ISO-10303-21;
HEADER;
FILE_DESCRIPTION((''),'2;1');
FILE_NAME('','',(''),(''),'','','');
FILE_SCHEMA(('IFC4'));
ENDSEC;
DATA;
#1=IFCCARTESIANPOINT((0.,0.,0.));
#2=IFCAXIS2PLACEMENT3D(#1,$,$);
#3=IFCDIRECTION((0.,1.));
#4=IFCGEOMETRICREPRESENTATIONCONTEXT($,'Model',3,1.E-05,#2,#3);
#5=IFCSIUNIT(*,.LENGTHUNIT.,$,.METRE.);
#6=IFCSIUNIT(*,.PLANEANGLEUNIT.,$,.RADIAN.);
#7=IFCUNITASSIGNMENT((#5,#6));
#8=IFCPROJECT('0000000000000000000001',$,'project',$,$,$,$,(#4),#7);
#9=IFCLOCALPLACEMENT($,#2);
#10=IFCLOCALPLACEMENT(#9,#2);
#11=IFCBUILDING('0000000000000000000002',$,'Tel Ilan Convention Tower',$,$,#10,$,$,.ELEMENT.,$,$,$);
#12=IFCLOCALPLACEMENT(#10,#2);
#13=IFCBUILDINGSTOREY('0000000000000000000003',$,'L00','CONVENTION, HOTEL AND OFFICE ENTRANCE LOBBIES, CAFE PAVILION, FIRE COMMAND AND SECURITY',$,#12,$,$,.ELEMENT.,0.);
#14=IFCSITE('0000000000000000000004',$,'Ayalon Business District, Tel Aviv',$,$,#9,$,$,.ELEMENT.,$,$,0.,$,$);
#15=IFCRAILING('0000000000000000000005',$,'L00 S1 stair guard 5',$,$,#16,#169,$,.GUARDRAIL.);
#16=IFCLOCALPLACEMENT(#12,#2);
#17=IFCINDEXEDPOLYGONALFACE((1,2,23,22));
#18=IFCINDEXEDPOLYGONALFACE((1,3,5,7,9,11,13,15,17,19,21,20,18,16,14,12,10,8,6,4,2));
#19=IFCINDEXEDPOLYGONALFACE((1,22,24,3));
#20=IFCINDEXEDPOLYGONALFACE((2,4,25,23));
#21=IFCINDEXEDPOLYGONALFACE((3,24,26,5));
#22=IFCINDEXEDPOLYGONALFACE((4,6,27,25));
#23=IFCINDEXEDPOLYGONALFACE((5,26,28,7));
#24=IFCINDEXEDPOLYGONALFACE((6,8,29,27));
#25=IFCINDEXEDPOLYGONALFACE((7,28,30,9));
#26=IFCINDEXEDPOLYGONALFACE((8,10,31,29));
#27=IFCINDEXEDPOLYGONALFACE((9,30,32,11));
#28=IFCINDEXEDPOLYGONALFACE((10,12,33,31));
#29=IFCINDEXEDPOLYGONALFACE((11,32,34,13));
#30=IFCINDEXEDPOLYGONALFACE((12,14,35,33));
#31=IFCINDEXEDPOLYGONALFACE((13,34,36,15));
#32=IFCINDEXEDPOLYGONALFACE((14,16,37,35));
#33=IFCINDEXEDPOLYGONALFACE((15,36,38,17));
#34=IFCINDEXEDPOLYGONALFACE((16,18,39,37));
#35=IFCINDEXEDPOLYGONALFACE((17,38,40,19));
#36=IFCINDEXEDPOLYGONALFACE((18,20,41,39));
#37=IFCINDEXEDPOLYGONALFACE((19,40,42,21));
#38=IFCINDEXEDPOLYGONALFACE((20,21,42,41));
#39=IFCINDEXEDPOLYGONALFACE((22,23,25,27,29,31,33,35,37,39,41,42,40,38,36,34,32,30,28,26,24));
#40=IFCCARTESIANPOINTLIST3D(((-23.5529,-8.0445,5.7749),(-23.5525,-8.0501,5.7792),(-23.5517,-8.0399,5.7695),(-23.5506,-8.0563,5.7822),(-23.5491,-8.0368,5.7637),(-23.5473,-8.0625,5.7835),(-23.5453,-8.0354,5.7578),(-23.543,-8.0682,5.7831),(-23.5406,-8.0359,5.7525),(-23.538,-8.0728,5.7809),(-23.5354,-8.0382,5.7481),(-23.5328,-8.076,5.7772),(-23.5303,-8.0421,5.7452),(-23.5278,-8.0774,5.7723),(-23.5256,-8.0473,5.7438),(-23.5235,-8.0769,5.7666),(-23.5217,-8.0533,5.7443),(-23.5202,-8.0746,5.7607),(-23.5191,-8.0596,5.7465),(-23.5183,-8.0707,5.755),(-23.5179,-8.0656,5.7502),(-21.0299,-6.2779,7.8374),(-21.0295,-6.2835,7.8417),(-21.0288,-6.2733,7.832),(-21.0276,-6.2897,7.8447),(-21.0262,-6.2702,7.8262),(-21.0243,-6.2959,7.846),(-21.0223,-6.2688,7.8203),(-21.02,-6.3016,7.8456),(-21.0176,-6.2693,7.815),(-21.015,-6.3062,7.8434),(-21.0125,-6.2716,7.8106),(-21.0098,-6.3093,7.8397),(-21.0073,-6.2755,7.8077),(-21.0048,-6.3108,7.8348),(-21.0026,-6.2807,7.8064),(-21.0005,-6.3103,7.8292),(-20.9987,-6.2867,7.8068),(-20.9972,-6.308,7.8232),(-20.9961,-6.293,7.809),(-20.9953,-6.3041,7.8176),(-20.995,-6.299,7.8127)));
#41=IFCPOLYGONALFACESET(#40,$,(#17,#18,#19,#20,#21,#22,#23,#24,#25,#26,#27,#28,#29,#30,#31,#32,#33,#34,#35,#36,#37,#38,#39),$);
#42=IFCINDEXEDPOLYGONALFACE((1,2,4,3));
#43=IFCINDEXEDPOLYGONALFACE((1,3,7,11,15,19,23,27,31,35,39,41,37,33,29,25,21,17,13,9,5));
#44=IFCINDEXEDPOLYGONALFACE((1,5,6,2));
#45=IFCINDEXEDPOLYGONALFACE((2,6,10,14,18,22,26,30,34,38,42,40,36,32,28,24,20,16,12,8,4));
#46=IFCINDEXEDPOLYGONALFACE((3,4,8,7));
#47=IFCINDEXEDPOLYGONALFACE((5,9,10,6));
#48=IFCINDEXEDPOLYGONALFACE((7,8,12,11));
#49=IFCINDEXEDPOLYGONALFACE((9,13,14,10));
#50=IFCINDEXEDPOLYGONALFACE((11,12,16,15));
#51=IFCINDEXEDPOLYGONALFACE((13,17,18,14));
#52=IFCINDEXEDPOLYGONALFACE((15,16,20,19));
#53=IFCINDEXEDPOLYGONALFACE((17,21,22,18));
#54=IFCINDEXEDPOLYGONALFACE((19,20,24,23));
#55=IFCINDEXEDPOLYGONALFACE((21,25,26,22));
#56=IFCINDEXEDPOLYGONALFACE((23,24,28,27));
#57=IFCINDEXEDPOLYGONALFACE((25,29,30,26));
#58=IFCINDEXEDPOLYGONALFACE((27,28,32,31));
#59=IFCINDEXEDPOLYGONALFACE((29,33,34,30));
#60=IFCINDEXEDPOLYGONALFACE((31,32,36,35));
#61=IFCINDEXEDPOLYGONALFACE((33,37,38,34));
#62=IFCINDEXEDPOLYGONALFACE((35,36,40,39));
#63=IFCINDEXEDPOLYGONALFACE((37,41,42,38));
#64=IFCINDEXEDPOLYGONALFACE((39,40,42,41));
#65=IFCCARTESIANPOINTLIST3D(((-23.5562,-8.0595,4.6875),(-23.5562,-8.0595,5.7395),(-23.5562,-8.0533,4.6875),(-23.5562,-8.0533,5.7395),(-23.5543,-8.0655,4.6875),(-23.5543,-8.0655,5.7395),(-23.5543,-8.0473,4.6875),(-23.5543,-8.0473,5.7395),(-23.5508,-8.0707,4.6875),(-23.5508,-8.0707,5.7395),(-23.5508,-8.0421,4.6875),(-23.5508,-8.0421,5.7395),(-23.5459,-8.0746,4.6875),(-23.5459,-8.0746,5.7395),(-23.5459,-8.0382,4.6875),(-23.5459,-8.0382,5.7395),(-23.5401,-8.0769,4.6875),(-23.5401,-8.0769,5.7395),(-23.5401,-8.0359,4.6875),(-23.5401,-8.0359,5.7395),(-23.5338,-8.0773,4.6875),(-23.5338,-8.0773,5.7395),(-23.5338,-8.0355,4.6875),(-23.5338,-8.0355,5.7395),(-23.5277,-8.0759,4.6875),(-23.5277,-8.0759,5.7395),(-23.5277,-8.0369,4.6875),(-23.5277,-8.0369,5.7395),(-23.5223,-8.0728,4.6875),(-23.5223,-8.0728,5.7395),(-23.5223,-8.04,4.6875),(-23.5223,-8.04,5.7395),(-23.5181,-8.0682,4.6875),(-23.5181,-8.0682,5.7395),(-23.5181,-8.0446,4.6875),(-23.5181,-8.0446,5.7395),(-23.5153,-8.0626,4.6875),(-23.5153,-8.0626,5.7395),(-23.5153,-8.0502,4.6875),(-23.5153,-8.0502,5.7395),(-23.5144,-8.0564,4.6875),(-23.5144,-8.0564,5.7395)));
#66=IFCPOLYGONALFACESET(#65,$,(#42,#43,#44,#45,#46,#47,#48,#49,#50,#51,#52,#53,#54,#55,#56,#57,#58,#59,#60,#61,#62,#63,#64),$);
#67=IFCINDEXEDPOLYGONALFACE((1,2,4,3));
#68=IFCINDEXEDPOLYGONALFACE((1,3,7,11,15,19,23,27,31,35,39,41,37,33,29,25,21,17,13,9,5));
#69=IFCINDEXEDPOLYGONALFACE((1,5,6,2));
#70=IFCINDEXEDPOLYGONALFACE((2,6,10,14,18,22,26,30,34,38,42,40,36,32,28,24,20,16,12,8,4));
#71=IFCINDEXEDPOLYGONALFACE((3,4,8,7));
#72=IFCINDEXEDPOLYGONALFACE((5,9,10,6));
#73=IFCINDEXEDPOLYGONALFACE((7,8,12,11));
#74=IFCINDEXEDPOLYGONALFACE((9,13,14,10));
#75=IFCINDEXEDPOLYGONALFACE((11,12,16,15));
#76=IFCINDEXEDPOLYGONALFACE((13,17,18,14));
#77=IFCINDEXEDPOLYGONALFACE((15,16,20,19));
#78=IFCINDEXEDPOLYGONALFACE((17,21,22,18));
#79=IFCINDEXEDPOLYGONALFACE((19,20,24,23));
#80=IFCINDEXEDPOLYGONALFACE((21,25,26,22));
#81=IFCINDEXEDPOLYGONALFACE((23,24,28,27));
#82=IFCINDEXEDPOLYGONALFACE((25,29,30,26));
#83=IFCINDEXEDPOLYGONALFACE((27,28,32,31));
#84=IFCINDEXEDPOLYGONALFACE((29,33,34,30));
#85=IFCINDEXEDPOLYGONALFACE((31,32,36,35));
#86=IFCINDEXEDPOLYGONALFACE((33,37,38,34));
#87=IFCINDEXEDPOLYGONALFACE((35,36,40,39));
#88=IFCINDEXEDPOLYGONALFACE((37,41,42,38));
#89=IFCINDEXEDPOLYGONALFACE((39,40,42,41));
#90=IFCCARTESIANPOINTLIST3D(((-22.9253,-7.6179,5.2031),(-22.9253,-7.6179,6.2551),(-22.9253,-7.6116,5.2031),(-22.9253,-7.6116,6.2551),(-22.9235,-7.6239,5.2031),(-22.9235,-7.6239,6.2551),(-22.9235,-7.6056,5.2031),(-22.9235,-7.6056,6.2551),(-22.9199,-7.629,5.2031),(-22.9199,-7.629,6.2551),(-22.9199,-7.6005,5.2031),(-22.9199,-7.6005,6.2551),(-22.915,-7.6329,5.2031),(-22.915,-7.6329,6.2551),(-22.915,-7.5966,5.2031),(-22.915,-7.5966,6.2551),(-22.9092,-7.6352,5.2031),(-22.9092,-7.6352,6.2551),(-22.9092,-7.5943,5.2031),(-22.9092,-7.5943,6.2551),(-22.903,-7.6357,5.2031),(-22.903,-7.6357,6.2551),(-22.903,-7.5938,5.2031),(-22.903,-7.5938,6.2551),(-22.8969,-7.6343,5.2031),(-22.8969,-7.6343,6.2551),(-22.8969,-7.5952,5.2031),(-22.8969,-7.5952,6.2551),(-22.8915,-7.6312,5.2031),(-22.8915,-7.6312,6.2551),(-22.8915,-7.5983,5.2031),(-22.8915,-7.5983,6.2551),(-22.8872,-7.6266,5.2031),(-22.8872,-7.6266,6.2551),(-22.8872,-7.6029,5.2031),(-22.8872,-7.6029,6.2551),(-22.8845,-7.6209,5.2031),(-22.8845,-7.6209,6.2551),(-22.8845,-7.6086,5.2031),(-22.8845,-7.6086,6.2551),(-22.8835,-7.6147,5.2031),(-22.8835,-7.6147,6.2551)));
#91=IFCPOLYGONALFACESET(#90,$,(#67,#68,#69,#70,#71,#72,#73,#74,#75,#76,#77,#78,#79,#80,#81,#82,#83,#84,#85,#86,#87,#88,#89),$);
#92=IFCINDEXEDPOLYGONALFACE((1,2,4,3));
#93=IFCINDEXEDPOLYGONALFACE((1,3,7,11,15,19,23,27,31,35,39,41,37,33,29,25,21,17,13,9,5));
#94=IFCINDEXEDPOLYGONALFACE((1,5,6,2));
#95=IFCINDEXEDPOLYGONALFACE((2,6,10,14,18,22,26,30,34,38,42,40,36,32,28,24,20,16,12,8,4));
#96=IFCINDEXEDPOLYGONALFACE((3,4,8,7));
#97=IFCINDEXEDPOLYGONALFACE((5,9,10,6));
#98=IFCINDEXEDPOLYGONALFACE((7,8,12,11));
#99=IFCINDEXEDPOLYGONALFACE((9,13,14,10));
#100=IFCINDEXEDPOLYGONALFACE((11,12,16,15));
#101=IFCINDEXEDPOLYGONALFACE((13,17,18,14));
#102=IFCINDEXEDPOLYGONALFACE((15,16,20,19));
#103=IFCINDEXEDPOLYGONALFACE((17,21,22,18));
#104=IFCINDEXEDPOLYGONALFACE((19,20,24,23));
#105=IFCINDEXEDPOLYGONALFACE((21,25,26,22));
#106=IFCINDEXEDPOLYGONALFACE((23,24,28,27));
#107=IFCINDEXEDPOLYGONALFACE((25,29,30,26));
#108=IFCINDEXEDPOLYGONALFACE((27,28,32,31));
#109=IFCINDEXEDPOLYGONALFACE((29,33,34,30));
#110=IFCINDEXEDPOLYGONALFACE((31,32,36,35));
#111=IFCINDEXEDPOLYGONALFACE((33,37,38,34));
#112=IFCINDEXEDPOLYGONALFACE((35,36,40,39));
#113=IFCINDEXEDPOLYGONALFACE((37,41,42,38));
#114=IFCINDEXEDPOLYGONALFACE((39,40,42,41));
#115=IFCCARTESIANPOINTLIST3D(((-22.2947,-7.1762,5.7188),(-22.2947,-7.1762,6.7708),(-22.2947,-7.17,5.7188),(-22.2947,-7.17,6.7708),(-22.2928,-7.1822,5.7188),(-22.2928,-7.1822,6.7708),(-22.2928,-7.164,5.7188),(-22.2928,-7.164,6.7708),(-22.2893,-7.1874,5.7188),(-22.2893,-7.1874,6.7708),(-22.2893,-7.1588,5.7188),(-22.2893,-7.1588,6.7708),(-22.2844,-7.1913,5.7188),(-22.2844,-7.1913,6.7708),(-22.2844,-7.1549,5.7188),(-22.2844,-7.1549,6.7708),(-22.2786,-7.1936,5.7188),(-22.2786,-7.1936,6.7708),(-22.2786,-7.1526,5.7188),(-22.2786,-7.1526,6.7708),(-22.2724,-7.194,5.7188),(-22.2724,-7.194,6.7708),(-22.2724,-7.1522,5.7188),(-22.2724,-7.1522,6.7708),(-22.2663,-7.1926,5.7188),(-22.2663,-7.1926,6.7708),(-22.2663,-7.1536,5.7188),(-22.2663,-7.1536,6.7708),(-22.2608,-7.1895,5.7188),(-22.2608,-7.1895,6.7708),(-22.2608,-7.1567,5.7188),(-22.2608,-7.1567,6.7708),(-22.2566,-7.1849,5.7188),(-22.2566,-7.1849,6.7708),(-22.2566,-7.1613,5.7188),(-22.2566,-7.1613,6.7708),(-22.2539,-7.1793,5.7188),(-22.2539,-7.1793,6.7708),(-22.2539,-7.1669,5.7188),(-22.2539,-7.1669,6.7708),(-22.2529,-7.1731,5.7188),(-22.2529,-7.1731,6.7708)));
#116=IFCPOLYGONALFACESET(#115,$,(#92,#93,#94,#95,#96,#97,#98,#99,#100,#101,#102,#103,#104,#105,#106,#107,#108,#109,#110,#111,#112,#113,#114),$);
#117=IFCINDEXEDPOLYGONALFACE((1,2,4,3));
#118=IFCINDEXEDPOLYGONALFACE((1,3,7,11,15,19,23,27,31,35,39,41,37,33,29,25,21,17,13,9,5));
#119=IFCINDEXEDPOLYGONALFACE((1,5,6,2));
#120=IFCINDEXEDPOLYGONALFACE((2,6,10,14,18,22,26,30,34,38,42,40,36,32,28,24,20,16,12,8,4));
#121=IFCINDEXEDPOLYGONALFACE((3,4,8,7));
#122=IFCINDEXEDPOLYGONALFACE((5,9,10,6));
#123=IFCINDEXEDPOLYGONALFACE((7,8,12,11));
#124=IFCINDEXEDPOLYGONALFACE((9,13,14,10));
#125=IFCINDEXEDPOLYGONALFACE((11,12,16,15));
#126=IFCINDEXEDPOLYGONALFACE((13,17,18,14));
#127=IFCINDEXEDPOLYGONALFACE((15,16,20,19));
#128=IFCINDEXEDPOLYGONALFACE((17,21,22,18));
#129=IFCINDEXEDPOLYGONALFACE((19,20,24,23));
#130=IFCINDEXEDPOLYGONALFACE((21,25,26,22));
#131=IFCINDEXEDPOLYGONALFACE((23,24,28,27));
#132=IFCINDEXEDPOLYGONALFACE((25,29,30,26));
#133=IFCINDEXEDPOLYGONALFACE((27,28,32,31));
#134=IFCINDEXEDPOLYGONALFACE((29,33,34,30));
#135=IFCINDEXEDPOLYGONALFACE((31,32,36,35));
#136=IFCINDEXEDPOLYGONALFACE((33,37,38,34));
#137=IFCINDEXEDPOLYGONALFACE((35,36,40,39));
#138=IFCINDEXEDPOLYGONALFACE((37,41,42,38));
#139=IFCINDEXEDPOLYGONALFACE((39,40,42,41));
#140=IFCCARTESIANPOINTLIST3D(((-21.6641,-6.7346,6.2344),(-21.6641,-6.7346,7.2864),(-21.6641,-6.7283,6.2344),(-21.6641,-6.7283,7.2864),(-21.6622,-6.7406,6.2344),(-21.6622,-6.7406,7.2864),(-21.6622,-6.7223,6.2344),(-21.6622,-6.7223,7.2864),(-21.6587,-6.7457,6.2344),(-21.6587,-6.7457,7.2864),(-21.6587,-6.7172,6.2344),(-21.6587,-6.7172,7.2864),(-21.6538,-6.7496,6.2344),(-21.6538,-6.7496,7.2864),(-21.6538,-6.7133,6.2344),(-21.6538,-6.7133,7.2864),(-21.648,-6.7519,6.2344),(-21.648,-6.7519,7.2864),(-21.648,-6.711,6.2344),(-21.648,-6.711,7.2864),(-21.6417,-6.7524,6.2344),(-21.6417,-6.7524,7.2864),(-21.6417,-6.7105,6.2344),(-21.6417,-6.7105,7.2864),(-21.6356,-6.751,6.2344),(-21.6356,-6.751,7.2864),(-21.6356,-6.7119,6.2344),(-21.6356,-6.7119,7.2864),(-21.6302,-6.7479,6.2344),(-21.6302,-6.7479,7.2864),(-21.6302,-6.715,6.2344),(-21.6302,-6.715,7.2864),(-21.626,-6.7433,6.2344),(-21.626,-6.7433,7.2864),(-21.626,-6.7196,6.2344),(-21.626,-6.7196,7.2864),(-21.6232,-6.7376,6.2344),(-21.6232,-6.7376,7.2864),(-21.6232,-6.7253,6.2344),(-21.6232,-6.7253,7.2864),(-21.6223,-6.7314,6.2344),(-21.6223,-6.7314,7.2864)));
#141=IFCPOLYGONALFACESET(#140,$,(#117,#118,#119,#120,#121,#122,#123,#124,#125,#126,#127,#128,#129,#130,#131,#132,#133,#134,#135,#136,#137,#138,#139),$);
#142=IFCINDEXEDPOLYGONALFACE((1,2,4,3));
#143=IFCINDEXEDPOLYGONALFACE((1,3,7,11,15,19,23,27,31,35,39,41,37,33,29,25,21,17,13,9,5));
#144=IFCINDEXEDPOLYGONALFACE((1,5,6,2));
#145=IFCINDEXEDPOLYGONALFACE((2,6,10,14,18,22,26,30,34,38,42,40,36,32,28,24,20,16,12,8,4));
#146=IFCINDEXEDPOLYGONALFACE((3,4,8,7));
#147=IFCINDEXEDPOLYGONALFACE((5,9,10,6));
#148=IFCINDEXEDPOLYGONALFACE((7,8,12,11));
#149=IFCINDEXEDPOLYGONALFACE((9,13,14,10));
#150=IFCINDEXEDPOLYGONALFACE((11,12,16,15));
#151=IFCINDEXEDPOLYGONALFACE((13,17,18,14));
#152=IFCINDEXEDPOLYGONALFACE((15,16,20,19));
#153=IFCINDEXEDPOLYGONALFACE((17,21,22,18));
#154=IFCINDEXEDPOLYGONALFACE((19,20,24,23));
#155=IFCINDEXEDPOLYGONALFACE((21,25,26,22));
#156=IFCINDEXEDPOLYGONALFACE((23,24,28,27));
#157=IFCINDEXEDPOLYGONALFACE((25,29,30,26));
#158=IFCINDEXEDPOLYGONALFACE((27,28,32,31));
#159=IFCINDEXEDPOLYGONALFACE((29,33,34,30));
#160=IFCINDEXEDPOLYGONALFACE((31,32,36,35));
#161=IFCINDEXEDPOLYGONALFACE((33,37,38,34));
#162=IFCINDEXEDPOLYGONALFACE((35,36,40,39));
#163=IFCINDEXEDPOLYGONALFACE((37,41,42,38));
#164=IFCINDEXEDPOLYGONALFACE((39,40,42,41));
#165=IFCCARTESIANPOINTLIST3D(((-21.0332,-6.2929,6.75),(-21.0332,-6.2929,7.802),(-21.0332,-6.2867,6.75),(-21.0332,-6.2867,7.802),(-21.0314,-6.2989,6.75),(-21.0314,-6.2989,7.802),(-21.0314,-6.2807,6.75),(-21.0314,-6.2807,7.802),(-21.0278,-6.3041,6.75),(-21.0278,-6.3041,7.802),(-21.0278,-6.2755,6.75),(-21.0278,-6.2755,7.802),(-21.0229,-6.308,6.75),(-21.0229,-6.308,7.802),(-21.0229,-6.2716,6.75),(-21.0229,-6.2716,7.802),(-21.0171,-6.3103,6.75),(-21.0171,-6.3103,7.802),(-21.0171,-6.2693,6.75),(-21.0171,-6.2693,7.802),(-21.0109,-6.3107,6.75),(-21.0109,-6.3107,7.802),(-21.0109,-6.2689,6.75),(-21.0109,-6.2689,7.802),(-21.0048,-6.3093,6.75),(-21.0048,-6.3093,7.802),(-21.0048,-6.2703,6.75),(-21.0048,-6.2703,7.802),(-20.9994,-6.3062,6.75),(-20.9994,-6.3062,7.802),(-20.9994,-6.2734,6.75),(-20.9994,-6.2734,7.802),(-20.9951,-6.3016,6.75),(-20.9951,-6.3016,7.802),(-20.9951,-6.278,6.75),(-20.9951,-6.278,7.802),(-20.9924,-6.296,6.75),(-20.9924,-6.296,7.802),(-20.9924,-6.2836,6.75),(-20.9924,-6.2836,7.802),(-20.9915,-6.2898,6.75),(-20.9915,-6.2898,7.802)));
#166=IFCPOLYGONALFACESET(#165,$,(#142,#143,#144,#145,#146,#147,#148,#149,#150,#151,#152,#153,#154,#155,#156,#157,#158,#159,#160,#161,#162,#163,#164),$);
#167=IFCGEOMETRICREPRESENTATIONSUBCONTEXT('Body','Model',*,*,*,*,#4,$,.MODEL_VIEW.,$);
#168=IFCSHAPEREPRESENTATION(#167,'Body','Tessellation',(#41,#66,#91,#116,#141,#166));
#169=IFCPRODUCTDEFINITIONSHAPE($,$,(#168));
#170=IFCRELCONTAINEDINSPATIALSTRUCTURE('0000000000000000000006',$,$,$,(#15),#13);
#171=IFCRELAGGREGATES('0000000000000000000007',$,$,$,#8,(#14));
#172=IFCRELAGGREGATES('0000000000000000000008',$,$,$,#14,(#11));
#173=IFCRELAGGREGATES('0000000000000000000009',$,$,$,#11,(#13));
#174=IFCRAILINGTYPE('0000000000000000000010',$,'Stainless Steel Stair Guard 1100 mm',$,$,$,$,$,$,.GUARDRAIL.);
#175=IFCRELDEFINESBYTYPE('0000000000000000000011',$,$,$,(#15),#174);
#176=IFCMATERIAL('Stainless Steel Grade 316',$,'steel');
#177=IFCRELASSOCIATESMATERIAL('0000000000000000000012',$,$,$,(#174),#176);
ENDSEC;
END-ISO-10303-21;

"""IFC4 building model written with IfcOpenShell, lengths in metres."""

from ifc_helpers import new_model, si_unit, direction, frame, origin, origin_2d, place, context, subcontext, project, spatial, circle, extrude, material, type_object, element, save


model = new_model("IFC4")

# Units and contexts
model_context = context("Model", 3, precision=1e-05, world=origin(), true_north=direction((0.0, 1.0)))
body_context = subcontext(model_context, "Body", "Model", "MODEL_VIEW")
ifc_project = project(units=[si_unit("LENGTHUNIT", "METRE"), si_unit("PLANEANGLEUNIT", "RADIAN")], contexts=[model_context])

# Site, building, storey
site_placement = place(None, origin())
site = spatial("IfcSite", under=ifc_project, at=site_placement, Name="Ayalon Business District, Tel Aviv", CompositionType="ELEMENT", RefElevation=0.0)
building_placement = place(site_placement, origin())
building = spatial("IfcBuilding", under=site, at=building_placement, Name="Tel Ilan Convention Tower", CompositionType="ELEMENT")
storey_placement = place(building_placement, origin())
storey = spatial("IfcBuildingStorey", under=building, at=storey_placement, Name="L00", Description="CONVENTION, HOTEL AND OFFICE ENTRANCE LOBBIES, CAFE PAVILION, FIRE COMMAND AND SECURITY", CompositionType="ELEMENT", Elevation=0.0)

# Railing
ifc_material_1 = material(Name="Stainless Steel Grade 316", Category="steel")
railing_type_1 = type_object("IfcRailingType", Name="Stainless Steel Stair Guard 1100 mm", PredefinedType="GUARDRAIL", material=ifc_material_1)
railing_1_placement = place(storey_placement, frame((-23.5354, -8.0564, 4.6875)))
element("IfcRailing", 1, at=railing_1_placement, inside=storey, type_object=railing_type_1, Name="L00 S1 stair guard 5", PredefinedType="GUARDRAIL", context=body_context, shape_type="SweptSolid", body=[
    extrude(circle(Radius=0.0239, at=origin_2d()), frame((0.0, 0.0, 1.0762), z_axis=(0.680635, 0.476589, 0.556416), x_axis=(-0.573579, 0.81915, 0.0)), (0.0, 0.0, 1.0), 3.7068),
    extrude(circle(Radius=0.021, at=origin_2d()), origin(), (0.0, 0.0, 1.0), 1.052),
    extrude(circle(Radius=0.021, at=origin_2d()), frame((0.6309, 0.4417, 0.5156)), (0.0, 0.0, 1.0), 1.052),
    extrude(circle(Radius=0.021, at=origin_2d()), frame((1.2615, 0.8833, 1.0312)), (0.0, 0.0, 1.0), 1.052),
    extrude(circle(Radius=0.021, at=origin_2d()), frame((1.8921, 1.325, 1.5469)), (0.0, 0.0, 1.0), 1.052),
    extrude(circle(Radius=0.021, at=origin_2d()), frame((2.5229, 1.7666, 2.0625)), (0.0, 0.0, 1.0), 1.052),
])

save(model, "model.ifc")
